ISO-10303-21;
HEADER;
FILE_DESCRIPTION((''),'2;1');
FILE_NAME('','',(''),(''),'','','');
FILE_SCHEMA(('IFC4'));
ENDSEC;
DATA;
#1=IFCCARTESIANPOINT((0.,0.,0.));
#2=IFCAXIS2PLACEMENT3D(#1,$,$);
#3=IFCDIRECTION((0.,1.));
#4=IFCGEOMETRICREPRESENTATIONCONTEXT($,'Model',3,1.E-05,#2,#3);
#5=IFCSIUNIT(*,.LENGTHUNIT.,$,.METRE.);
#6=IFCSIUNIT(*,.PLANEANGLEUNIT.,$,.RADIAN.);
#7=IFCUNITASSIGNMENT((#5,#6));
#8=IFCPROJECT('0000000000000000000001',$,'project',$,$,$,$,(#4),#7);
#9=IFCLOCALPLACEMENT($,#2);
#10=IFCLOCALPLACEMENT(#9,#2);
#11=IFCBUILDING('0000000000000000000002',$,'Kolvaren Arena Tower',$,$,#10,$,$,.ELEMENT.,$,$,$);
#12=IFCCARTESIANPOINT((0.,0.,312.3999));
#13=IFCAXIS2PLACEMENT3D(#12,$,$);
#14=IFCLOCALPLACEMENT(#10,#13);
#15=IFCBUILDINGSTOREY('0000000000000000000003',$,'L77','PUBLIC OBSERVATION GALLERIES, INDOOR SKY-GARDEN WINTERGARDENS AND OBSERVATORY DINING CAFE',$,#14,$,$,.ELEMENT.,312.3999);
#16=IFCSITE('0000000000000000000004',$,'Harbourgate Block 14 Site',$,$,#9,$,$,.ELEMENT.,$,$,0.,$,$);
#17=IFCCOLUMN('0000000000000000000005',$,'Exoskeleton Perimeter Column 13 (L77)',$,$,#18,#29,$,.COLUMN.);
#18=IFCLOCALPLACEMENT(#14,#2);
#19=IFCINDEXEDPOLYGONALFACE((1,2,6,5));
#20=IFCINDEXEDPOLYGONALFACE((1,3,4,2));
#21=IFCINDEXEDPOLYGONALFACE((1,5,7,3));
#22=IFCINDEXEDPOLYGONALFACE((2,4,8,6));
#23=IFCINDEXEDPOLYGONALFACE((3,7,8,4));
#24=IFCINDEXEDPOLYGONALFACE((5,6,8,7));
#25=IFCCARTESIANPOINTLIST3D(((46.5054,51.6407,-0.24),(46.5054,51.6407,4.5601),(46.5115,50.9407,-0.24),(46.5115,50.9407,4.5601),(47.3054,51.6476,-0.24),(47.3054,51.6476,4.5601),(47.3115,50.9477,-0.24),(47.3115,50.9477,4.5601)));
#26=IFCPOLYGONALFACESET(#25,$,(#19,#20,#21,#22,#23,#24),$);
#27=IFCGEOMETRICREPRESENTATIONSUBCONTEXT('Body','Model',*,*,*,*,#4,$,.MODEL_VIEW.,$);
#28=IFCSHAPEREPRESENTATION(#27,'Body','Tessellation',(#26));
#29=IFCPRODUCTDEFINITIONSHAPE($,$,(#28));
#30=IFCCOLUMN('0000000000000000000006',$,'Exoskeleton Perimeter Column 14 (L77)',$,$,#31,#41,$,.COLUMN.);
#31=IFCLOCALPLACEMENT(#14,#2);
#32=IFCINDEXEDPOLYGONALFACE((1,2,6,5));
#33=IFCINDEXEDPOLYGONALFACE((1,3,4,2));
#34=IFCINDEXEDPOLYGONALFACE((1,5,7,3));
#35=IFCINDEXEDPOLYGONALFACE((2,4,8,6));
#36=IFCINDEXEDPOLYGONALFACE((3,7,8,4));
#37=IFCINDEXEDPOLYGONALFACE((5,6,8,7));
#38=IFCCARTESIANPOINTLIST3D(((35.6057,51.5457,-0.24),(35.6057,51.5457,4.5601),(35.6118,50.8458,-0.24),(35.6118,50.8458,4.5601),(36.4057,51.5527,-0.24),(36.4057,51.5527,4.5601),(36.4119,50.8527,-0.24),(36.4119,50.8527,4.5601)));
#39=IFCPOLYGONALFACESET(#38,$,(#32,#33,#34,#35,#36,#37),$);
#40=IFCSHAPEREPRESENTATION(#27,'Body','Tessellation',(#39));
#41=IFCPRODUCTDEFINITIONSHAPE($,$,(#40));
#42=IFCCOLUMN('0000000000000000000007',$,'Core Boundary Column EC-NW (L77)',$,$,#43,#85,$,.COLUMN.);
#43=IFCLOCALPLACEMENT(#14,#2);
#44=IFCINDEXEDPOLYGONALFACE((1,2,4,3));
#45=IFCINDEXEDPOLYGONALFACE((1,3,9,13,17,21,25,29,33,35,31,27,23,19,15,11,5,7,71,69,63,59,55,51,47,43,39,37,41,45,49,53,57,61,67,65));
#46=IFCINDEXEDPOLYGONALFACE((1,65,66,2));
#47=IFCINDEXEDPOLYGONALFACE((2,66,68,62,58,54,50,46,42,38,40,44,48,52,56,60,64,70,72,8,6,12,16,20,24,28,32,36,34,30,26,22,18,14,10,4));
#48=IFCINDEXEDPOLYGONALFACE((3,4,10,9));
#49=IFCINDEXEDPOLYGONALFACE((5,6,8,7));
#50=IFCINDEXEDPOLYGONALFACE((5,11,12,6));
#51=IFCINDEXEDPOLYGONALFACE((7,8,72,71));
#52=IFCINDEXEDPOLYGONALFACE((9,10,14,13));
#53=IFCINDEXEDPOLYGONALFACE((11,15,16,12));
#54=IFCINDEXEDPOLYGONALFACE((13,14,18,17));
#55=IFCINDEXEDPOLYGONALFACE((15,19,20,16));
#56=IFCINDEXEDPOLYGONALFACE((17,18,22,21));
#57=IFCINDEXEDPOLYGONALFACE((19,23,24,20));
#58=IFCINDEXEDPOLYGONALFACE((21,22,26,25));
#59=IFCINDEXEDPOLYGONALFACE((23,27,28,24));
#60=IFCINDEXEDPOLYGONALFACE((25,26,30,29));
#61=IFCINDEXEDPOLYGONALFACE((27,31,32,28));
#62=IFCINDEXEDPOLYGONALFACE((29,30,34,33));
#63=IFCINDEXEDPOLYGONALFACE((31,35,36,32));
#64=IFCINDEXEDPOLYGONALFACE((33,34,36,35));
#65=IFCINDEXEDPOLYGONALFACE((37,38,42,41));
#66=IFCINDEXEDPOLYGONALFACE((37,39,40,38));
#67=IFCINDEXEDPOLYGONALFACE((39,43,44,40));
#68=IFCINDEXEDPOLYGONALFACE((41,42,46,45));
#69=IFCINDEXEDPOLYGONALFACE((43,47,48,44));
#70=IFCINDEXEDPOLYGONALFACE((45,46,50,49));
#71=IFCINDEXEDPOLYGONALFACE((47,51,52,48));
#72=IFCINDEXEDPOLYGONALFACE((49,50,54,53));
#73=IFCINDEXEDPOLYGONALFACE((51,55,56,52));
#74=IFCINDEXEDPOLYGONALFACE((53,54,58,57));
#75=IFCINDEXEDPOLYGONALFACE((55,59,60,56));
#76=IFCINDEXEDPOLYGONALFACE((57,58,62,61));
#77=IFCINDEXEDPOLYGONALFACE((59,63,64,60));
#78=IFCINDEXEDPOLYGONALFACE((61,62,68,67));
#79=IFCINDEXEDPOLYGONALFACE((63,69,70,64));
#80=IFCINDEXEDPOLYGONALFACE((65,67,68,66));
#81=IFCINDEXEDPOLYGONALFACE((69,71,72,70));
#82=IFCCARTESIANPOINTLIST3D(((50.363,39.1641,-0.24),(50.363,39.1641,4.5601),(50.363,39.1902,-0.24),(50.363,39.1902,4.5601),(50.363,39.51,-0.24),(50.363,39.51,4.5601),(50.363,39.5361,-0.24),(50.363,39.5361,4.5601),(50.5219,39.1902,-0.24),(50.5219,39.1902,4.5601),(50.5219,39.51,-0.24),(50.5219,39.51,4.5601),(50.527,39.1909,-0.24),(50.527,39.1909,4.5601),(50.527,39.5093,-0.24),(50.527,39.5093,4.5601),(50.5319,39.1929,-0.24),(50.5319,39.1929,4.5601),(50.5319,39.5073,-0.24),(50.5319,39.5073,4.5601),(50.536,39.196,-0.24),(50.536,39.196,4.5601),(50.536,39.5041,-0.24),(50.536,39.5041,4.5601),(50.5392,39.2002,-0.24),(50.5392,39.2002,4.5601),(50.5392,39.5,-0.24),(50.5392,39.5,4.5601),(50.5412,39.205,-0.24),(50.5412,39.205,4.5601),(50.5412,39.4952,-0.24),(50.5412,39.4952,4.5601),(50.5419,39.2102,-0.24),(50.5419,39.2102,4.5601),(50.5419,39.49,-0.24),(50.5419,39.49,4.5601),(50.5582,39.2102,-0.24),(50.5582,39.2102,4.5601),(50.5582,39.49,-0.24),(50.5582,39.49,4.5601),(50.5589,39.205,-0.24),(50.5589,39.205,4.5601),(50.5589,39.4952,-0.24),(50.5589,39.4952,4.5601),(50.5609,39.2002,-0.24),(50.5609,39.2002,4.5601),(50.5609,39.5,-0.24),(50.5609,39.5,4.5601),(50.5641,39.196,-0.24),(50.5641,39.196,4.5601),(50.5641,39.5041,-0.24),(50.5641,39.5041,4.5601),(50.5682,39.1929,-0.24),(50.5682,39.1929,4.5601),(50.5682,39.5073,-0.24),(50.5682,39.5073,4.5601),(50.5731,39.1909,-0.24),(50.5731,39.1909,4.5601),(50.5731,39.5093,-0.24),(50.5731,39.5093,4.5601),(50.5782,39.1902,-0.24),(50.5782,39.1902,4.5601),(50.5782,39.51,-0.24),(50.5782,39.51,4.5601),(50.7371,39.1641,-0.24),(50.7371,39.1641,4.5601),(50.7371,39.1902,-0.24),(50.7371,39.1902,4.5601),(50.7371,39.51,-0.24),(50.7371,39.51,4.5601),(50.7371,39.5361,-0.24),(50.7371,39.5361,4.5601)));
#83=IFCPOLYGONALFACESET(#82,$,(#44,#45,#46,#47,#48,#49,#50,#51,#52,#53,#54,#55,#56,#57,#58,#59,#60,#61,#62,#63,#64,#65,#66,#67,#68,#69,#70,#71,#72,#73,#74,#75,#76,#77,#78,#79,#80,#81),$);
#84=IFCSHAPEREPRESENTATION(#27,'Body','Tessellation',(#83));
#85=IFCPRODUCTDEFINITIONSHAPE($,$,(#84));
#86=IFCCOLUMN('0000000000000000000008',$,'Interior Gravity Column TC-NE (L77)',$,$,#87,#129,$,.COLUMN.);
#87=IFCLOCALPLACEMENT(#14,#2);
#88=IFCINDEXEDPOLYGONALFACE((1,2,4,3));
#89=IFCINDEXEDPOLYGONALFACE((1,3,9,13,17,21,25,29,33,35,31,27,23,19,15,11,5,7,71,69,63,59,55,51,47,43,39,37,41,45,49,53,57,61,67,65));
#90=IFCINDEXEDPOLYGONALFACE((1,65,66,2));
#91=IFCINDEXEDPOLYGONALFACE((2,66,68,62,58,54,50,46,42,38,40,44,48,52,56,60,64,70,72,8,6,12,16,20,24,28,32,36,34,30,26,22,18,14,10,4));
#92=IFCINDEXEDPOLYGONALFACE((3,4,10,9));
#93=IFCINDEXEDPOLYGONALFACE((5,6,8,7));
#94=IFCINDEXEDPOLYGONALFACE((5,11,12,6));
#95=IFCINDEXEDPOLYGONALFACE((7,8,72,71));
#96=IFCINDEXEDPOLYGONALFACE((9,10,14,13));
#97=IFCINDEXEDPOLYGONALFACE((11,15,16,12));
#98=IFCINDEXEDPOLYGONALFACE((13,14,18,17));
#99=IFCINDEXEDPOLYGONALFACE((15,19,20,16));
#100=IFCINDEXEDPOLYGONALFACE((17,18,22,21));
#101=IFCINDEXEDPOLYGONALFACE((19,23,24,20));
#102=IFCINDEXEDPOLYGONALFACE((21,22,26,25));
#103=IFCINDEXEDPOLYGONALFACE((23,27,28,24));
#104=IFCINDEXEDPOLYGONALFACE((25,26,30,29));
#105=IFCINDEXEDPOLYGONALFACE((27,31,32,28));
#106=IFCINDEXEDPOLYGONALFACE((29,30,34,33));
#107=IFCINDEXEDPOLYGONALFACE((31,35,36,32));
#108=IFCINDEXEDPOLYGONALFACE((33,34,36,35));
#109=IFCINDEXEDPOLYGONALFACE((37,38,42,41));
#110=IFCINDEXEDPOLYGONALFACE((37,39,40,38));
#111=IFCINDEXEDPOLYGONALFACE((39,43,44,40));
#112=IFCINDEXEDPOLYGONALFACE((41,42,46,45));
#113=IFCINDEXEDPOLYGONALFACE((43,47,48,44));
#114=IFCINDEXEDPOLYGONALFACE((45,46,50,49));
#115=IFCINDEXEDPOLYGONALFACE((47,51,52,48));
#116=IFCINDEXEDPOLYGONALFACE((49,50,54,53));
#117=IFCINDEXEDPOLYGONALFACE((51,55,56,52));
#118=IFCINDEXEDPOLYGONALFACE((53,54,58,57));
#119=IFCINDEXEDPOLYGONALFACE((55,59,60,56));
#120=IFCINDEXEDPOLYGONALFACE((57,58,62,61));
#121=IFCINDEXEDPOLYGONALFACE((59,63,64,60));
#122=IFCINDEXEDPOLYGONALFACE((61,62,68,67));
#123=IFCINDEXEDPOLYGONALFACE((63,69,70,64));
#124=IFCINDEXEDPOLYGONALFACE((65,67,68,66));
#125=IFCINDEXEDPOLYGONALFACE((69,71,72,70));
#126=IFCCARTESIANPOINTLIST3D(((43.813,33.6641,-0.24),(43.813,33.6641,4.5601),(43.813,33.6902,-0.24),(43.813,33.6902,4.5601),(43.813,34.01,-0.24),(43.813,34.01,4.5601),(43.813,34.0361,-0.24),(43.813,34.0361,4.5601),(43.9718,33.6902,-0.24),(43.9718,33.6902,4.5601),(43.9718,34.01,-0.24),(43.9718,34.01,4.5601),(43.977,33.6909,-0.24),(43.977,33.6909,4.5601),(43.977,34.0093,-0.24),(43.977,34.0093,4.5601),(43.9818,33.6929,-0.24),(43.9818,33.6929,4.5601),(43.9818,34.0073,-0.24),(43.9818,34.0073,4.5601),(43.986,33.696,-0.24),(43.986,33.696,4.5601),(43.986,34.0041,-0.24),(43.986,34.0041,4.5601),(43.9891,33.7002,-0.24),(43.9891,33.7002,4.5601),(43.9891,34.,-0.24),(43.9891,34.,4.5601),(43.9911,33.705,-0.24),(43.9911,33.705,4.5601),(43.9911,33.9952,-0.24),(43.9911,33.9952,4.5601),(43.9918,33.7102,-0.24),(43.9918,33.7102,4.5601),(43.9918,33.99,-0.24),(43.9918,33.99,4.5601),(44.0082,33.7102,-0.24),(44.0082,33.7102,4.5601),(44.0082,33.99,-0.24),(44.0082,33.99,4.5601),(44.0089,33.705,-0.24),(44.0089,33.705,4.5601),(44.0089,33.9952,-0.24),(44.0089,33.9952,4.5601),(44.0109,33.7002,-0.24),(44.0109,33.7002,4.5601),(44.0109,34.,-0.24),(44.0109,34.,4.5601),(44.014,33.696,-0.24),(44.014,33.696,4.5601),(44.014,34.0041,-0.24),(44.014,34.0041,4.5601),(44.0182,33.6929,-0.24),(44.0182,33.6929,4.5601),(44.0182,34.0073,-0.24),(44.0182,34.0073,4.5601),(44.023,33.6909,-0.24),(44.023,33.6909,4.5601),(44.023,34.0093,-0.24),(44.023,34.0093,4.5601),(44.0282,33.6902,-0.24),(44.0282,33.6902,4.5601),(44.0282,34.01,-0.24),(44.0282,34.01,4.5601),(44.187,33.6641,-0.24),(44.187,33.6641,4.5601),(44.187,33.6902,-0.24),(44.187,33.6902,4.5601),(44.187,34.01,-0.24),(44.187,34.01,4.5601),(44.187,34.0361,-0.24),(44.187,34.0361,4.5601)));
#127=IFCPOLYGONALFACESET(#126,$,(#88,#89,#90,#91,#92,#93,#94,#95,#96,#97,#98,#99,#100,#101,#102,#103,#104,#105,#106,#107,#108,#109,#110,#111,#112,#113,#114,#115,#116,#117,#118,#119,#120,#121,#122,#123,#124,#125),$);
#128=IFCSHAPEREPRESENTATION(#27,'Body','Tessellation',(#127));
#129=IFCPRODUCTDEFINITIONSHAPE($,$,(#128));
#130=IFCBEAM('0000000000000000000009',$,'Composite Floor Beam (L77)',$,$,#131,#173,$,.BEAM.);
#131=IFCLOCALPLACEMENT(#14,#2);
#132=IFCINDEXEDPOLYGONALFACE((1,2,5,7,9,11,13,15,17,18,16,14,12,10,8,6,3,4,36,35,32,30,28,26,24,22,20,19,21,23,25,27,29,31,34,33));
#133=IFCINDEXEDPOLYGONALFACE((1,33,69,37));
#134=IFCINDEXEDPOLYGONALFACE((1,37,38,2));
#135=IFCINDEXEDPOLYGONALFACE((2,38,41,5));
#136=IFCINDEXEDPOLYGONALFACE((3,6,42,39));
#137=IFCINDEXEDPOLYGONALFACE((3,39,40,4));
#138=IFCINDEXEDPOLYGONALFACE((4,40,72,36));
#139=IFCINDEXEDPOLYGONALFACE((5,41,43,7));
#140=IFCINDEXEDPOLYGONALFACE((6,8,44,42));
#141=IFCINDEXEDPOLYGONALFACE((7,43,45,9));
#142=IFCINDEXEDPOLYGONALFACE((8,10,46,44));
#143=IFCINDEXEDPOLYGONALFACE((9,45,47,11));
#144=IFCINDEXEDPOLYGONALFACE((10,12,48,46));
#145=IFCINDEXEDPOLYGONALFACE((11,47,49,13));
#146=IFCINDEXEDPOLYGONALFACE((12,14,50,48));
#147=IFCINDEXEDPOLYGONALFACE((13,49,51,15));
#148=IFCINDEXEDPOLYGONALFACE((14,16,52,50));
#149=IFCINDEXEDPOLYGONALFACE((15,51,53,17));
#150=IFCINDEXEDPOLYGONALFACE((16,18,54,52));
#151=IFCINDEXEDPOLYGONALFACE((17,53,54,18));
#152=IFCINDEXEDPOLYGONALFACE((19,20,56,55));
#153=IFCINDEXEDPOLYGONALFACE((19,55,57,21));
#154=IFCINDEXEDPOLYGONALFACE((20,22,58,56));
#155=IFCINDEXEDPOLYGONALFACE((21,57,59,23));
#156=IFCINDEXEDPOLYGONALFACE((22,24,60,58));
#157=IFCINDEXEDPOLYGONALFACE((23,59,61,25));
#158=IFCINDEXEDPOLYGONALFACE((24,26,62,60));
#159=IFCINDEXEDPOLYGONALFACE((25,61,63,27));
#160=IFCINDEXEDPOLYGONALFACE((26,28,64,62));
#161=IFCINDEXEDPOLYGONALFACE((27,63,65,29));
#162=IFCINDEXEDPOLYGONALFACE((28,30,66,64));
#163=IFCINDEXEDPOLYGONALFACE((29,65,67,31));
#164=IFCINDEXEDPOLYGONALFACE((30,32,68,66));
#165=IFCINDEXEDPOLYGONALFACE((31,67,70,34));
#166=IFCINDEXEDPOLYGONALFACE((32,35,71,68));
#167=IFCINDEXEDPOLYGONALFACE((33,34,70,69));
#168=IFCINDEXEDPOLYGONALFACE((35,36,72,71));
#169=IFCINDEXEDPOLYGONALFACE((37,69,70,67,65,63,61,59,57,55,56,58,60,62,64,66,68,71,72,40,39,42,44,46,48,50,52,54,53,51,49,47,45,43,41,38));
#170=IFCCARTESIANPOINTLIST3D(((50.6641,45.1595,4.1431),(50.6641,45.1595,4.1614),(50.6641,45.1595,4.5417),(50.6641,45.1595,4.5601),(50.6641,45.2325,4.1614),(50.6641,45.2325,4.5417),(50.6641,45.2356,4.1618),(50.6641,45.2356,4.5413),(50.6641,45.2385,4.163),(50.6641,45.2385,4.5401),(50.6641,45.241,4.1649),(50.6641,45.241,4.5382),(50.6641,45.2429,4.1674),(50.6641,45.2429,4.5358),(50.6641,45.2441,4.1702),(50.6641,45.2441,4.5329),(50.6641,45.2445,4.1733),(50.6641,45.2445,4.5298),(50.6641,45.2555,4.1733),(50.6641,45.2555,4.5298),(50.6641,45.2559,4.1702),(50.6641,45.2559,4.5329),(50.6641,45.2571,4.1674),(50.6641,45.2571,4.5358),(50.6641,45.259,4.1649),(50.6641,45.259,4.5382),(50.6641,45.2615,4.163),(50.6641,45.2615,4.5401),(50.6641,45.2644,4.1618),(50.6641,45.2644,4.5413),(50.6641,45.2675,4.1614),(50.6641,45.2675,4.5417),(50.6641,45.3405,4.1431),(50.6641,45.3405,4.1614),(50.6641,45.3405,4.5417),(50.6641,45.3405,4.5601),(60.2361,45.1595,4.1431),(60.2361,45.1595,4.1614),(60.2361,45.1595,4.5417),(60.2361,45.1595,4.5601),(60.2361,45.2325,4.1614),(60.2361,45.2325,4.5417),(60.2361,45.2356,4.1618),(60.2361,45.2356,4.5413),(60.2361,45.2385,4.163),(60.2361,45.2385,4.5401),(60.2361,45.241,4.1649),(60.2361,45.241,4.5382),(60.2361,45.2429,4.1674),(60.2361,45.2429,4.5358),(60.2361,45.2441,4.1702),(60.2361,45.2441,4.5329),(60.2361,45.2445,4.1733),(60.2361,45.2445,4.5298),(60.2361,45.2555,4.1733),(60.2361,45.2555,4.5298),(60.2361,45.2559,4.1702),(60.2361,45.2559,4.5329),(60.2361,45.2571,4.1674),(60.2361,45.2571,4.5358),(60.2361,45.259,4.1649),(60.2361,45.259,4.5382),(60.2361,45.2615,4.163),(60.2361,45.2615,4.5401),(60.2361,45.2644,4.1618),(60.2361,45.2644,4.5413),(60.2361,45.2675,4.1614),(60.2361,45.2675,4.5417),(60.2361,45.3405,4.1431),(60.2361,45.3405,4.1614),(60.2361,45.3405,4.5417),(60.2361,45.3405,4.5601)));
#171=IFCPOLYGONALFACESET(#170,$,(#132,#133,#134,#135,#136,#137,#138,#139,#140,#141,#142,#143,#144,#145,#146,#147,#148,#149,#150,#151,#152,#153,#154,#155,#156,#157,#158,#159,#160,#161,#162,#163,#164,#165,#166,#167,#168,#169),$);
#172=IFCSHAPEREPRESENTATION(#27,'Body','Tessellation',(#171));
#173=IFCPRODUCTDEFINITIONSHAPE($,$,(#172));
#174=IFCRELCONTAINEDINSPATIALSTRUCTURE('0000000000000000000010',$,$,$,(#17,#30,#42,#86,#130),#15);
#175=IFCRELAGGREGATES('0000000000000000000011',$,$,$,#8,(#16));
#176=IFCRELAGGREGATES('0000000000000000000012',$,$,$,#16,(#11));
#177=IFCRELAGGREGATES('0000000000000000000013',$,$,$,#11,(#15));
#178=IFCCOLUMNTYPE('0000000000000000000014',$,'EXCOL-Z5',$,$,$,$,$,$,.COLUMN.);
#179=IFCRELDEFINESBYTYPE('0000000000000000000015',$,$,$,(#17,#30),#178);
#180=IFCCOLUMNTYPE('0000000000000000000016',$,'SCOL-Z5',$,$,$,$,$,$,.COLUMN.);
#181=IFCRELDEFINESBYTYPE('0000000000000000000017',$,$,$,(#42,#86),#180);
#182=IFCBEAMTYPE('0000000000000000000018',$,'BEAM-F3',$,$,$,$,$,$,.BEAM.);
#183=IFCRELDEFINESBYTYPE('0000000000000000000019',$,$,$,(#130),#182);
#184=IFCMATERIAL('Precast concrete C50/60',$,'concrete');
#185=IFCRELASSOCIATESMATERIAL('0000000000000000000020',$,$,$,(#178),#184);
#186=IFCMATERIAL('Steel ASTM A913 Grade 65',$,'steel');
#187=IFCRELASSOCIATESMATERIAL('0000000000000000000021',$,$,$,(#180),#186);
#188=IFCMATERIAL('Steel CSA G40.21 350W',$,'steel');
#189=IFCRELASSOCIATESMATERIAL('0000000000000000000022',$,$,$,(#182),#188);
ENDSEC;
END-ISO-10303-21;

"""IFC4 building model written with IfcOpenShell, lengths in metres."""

from ifc_helpers import new_model, si_unit, direction, frame, origin, origin_2d, place, context, subcontext, project, spatial, rectangle, i_section, extrude, material, material_profile, profile_set, type_object, element, save


model = new_model("IFC4")

# Units and contexts
model_context = context("Model", 3, precision=1e-05, world=origin(), true_north=direction((0.0, 1.0)))
body_context = subcontext(model_context, "Body", "Model", "MODEL_VIEW")
ifc_project = project(units=[si_unit("LENGTHUNIT", "METRE"), si_unit("PLANEANGLEUNIT", "RADIAN")], contexts=[model_context])

# Site, building, storey
site_placement = place(None, origin())
site = spatial("IfcSite", under=ifc_project, at=site_placement, Name="Harbourgate Block 14 Site", CompositionType="ELEMENT", RefElevation=0.0)
building_placement = place(site_placement, origin())
building = spatial("IfcBuilding", under=site, at=building_placement, Name="Kolvaren Arena Tower", CompositionType="ELEMENT")
storey_placement = place(building_placement, frame((0.0, 0.0, 312.3999)))
storey = spatial("IfcBuildingStorey", under=building, at=storey_placement, Name="L77", Description="PUBLIC OBSERVATION GALLERIES, INDOOR SKY-GARDEN WINTERGARDENS AND OBSERVATORY DINING CAFE", CompositionType="ELEMENT", Elevation=312.3999)

# Columns
ifc_material_1 = material(Name="Precast concrete C50/60", Category="concrete")
ifc_material_profile_1 = material_profile(ifc_material_1, rectangle(XDim=0.8, YDim=0.7, at=origin_2d()), Name="RC-800x700")
ifc_profile_set_1 = profile_set([ifc_material_profile_1], Name="Precast concrete C50/60")
column_type_1 = type_object("IfcColumnType", Name="EXCOL-Z5", PredefinedType="COLUMN", material=ifc_profile_set_1)
for number, where, z_axis, x_axis, name in (
    (1, (46.9084, 51.2942, -0.24), (0.0, 0.0, 1.0), (0.999962, 0.008727, 0.0), "Exoskeleton Perimeter Column 13 (L77)"),
    (2, (36.0088, 51.1992, -0.24), (0.0, 0.0, 1.0), (0.999962, 0.008727, 0.0), "Exoskeleton Perimeter Column 14 (L77)"),
):
    element("IfcColumn", number, at=place(storey_placement, frame(where, z_axis=z_axis, x_axis=x_axis)), inside=storey, type_object=column_type_1, Name=name, PredefinedType="COLUMN", context=body_context, shape_type="SweptSolid", body=[
        extrude(rectangle(XDim=0.8, YDim=0.7, at=origin_2d()), origin(), (0.0, 0.0, 1.0), 4.8),
    ])
ifc_material_2 = material(Name="Steel ASTM A913 Grade 65", Category="steel")
ifc_material_profile_2 = material_profile(ifc_material_2, i_section(OverallWidth=0.374, OverallDepth=0.3721, WebThickness=0.0164, FlangeThickness=0.0261, FilletRadius=0.02, at=origin_2d()), Name="W360x196")
ifc_profile_set_2 = profile_set([ifc_material_profile_2], Name="Steel ASTM A913 Grade 65")
column_type_2 = type_object("IfcColumnType", Name="SCOL-Z5", PredefinedType="COLUMN", material=ifc_profile_set_2)
for number, where, z_axis, x_axis, name in (
    (3, (50.55, 39.3501, -0.24), (0.0, 0.0, 1.0), (1.0, 0.0, 0.0), "Core Boundary Column EC-NW (L77)"),
    (4, (44.0, 33.8501, -0.24), (0.0, 0.0, 1.0), (1.0, 0.0, 0.0), "Interior Gravity Column TC-NE (L77)"),
):
    element("IfcColumn", number, at=place(storey_placement, frame(where, z_axis=z_axis, x_axis=x_axis)), inside=storey, type_object=column_type_2, Name=name, PredefinedType="COLUMN", context=body_context, shape_type="SweptSolid", body=[
        extrude(i_section(OverallWidth=0.374, OverallDepth=0.3721, WebThickness=0.0164, FlangeThickness=0.0261, FilletRadius=0.02, at=origin_2d()), origin(), (0.0, 0.0, 1.0), 4.8),
    ])

# Beam
ifc_material_3 = material(Name="Steel CSA G40.21 350W", Category="steel")
ifc_material_profile_3 = material_profile(ifc_material_3, i_section(OverallWidth=0.1809, OverallDepth=0.417, WebThickness=0.011, FlangeThickness=0.0183, FilletRadius=0.012, at=origin_2d()), Name="W410x85")
ifc_profile_set_3 = profile_set([ifc_material_profile_3], Name="Steel CSA G40.21 350W")
beam_type_1 = type_object("IfcBeamType", Name="BEAM-F3", PredefinedType="BEAM", material=ifc_profile_set_3)
beam_1_placement = place(storey_placement, frame((50.6641, 45.25, 4.3516), z_axis=(1.0, 0.0, 0.0), x_axis=(0.0, 1.0, 0.0)))
element("IfcBeam", 5, at=beam_1_placement, inside=storey, type_object=beam_type_1, Name="Composite Floor Beam (L77)", PredefinedType="BEAM", context=body_context, shape_type="SweptSolid", body=[
    extrude(i_section(OverallWidth=0.1809, OverallDepth=0.417, WebThickness=0.011, FlangeThickness=0.0183, FilletRadius=0.012, at=origin_2d()), origin(), (0.0, 0.0, 1.0), 9.572),
])

save(model, "model.ifc")
